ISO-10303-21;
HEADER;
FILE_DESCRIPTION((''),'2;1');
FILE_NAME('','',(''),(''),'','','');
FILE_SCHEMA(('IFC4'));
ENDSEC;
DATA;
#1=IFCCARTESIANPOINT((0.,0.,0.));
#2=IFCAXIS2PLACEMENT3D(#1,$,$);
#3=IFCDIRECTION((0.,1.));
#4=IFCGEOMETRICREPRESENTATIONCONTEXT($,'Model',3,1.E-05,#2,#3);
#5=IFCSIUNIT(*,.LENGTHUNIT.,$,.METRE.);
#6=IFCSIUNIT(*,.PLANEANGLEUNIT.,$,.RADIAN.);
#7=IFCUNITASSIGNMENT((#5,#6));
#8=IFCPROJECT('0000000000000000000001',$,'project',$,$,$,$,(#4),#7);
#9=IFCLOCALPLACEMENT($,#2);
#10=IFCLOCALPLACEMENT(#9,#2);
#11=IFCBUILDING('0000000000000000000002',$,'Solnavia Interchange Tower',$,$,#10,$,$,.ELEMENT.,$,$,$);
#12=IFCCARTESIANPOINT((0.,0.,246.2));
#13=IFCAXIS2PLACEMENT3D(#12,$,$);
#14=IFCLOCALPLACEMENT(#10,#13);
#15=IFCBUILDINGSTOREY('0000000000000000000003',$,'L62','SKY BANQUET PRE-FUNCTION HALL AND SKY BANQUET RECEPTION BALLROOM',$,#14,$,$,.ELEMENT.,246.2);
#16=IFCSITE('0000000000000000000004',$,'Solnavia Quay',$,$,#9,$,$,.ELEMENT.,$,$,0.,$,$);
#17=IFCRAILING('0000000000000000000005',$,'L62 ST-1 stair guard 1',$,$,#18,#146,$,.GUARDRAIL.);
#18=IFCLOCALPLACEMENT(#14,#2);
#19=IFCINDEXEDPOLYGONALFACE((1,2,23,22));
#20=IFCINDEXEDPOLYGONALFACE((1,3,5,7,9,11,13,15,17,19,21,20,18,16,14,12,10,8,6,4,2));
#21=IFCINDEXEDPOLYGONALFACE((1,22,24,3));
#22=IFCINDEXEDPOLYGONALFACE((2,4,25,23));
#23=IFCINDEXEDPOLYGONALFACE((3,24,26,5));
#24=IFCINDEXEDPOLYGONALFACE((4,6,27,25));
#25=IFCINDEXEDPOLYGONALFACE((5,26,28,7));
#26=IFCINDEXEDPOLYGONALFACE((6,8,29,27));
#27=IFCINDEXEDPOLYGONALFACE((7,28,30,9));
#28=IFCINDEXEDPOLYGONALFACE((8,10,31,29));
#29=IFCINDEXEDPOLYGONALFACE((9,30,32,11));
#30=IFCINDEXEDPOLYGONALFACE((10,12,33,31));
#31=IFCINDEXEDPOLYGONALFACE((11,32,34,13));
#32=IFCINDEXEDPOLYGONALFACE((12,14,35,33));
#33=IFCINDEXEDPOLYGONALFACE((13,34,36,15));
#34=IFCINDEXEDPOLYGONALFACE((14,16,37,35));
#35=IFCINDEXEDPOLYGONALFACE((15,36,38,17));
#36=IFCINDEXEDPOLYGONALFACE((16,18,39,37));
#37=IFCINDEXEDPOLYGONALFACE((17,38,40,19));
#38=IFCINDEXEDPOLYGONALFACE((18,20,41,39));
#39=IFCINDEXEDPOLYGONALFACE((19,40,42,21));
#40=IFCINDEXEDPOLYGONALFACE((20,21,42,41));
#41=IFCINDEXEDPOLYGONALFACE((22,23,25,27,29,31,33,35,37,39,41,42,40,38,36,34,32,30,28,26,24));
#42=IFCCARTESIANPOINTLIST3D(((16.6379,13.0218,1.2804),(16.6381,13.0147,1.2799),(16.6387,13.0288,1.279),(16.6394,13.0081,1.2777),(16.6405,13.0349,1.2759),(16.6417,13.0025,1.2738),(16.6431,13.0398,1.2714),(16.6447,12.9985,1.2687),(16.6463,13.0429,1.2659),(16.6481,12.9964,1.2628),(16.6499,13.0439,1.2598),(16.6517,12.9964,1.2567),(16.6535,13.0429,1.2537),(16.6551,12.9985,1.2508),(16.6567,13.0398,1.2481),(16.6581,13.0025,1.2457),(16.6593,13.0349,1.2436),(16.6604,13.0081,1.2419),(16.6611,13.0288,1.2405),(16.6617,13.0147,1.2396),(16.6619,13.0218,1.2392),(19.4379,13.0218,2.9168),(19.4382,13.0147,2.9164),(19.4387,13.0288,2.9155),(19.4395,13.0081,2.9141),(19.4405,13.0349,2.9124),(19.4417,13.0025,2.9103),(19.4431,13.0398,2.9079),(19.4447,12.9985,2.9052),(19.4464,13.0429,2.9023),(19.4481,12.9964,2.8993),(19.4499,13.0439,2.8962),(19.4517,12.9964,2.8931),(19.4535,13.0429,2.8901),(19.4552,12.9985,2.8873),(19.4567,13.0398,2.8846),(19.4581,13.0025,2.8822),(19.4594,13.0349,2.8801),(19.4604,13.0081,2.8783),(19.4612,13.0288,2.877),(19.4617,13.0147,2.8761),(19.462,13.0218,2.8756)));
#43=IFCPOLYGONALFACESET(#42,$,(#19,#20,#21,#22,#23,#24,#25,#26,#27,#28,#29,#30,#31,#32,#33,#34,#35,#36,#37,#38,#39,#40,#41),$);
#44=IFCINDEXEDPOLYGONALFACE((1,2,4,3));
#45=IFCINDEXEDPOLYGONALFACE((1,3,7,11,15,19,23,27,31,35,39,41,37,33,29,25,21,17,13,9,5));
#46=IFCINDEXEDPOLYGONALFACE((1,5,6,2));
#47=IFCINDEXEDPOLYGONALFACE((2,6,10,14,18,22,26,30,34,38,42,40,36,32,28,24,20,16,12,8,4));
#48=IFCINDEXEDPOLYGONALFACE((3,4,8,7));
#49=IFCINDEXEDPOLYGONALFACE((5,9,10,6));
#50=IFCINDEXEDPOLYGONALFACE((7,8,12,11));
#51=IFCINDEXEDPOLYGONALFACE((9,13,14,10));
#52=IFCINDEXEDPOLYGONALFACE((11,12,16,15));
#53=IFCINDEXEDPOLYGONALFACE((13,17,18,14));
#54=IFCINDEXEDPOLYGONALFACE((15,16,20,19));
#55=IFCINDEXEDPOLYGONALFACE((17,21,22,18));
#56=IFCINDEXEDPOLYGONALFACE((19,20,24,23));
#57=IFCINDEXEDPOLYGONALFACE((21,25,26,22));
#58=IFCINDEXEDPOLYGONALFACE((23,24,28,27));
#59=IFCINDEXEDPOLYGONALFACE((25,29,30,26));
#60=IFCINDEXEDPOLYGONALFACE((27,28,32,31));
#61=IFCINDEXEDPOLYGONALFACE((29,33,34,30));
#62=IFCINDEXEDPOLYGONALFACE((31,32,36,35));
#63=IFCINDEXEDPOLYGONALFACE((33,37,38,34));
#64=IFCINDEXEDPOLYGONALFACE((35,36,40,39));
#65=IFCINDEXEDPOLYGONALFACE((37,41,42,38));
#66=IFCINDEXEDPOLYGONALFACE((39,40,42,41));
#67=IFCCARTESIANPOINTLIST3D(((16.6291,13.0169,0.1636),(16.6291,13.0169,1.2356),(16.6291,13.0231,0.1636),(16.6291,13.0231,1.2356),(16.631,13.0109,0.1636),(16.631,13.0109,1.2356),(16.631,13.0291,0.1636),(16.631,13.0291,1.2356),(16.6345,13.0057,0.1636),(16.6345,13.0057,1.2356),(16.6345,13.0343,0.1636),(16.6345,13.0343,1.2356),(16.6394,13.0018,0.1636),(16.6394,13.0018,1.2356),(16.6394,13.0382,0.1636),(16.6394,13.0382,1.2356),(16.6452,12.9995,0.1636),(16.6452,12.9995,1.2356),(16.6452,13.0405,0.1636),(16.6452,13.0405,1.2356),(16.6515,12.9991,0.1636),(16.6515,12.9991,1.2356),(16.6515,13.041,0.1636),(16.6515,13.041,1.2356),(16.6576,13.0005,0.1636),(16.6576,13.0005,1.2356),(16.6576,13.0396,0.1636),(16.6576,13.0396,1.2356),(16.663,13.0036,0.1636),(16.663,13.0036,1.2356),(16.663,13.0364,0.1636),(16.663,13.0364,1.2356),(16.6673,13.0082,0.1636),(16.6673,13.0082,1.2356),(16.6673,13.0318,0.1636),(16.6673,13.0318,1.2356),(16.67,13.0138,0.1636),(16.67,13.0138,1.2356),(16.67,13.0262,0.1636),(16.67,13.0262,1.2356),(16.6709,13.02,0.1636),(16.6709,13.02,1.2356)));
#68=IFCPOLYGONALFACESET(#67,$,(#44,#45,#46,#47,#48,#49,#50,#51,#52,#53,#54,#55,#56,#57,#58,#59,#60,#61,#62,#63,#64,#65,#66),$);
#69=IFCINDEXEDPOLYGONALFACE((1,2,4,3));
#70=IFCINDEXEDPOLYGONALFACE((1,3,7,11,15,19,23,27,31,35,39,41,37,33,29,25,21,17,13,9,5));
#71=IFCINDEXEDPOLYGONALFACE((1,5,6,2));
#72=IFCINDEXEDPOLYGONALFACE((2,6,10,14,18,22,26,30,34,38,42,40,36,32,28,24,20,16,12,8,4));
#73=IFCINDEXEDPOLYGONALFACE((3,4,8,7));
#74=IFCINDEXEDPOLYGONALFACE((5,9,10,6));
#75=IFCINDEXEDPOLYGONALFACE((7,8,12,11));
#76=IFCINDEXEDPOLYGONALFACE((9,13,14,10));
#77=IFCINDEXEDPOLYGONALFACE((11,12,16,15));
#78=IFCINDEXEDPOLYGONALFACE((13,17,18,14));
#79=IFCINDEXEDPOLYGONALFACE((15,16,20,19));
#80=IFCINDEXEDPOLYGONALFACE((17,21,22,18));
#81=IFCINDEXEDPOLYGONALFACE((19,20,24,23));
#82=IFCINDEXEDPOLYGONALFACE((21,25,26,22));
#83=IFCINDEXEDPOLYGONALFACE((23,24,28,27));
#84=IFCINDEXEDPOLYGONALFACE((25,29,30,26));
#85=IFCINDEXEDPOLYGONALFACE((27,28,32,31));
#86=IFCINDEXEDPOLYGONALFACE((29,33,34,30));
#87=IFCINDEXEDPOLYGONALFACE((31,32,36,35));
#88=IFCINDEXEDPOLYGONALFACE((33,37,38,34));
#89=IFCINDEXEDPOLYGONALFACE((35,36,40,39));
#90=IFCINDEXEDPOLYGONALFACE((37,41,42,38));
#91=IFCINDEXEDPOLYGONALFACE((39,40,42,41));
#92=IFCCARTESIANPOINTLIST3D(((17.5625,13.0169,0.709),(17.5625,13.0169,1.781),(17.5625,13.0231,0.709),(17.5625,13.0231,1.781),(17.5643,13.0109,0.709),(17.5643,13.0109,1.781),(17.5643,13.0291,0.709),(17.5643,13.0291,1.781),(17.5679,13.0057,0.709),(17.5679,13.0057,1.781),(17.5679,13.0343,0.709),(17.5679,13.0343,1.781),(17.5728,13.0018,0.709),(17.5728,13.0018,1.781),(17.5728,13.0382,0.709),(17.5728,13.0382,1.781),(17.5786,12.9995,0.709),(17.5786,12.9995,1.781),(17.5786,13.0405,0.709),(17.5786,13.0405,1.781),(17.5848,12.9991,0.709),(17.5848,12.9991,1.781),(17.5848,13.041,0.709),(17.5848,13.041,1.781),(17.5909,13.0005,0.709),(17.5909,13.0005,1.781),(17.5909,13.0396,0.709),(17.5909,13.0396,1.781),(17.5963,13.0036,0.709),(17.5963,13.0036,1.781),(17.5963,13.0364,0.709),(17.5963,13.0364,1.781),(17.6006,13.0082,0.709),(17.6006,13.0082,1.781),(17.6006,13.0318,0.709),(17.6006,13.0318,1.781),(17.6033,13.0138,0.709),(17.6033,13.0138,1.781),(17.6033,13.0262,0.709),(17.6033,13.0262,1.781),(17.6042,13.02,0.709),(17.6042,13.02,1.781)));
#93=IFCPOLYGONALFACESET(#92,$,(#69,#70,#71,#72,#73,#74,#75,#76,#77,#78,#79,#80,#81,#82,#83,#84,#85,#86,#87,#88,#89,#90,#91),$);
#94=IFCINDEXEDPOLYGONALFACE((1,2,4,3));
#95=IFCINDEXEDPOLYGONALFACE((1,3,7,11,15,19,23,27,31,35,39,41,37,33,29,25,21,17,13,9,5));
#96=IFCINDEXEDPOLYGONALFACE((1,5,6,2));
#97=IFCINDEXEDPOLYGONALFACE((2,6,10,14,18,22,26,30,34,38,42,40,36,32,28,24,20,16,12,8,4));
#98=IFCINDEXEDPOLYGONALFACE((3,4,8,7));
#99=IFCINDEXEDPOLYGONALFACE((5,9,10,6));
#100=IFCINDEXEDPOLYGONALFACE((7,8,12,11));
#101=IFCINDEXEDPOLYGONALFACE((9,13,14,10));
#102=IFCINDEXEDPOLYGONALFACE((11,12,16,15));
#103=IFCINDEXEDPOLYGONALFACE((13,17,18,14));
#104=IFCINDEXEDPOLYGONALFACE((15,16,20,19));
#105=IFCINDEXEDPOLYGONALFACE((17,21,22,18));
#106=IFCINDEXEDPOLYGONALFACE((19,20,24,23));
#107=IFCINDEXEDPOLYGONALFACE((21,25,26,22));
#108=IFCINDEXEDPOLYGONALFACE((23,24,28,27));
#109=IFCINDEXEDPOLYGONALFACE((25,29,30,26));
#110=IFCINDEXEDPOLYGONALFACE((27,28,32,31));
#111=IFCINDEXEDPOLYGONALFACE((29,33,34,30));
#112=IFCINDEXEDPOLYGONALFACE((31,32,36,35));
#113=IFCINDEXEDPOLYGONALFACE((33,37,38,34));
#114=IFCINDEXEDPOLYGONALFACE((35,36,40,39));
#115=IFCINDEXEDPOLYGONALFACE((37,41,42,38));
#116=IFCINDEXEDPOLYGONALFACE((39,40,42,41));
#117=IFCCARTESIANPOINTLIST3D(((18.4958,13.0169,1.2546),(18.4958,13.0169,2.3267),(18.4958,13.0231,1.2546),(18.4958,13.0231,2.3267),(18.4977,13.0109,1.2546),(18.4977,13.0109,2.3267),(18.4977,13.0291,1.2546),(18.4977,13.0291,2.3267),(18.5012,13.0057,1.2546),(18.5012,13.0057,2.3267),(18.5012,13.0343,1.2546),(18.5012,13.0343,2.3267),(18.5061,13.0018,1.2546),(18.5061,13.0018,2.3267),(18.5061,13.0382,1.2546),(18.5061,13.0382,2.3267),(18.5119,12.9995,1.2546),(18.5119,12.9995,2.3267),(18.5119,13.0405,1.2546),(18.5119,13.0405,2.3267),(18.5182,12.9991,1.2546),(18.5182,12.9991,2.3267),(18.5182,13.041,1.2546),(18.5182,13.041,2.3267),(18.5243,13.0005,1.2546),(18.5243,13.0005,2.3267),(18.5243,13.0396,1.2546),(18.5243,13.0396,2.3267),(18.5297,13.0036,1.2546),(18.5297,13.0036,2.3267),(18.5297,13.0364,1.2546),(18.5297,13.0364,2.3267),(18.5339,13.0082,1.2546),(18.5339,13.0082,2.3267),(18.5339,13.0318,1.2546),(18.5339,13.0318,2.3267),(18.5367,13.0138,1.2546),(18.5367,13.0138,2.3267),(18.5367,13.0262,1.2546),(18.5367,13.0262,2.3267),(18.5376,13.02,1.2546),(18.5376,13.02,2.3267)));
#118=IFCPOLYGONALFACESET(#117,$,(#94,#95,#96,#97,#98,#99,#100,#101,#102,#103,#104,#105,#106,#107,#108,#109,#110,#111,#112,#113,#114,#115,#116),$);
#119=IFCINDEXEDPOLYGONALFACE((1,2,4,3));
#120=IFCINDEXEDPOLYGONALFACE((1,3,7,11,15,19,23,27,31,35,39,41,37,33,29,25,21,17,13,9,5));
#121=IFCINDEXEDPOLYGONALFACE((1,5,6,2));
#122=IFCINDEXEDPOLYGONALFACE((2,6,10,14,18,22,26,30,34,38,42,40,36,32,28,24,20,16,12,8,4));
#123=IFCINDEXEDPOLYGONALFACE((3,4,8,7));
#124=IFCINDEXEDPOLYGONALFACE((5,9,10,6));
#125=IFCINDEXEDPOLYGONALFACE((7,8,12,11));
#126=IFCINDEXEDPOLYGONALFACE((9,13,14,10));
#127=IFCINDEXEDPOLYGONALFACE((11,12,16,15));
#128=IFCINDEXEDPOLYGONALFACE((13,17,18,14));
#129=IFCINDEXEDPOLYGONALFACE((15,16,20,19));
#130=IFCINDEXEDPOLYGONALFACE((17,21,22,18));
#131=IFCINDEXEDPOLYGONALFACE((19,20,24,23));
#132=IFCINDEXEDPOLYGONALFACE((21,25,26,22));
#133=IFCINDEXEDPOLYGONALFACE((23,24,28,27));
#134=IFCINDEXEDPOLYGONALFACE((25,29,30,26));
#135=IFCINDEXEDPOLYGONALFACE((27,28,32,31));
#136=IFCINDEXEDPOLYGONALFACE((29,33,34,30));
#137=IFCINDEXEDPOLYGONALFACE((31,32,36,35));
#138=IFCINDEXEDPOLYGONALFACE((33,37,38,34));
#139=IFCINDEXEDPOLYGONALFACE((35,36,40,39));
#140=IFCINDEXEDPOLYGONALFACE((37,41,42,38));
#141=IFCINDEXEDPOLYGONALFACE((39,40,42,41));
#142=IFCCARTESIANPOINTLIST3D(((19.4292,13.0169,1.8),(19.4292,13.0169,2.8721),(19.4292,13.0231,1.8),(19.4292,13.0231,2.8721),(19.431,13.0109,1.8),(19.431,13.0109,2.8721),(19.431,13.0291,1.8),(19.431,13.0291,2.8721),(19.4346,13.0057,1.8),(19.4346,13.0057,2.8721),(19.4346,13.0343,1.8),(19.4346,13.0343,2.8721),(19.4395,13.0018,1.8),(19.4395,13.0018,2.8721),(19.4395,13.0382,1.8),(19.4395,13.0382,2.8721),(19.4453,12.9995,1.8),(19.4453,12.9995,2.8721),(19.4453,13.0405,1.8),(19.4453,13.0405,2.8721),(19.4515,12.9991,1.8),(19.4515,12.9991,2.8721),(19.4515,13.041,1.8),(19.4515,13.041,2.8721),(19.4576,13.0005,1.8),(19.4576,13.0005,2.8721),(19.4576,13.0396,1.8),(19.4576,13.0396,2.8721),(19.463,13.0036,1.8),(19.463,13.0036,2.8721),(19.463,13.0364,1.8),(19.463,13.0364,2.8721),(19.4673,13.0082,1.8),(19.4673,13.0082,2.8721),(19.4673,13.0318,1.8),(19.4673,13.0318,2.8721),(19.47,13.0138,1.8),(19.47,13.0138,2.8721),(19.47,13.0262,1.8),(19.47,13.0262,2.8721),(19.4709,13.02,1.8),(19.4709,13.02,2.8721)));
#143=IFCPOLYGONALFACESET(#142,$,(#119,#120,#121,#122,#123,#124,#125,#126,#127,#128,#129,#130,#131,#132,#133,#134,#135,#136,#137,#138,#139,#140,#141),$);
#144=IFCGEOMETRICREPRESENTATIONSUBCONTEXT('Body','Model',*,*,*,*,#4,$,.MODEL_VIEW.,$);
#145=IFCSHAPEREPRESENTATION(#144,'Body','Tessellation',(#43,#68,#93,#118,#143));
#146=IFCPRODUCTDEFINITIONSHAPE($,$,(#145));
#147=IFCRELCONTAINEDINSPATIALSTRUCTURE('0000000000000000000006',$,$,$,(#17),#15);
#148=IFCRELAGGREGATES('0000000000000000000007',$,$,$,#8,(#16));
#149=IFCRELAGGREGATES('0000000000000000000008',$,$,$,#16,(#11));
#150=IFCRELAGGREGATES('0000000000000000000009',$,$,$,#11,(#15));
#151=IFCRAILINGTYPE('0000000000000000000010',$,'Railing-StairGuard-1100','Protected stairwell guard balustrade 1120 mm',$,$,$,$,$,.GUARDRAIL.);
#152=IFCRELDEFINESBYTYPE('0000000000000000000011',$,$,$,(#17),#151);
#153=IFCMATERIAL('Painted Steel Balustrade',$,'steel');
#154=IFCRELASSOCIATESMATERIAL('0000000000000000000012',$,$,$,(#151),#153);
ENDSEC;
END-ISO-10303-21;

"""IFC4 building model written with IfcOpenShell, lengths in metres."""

from ifc_helpers import new_model, si_unit, direction, frame, origin, origin_2d, place, context, subcontext, project, spatial, circle, extrude, material, type_object, element, save


model = new_model("IFC4")

# Units and contexts
model_context = context("Model", 3, precision=1e-05, world=origin(), true_north=direction((0.0, 1.0)))
body_context = subcontext(model_context, "Body", "Model", "MODEL_VIEW")
ifc_project = project(units=[si_unit("LENGTHUNIT", "METRE"), si_unit("PLANEANGLEUNIT", "RADIAN")], contexts=[model_context])

# Site, building, storey
site_placement = place(None, origin())
site = spatial("IfcSite", under=ifc_project, at=site_placement, Name="Solnavia Quay", CompositionType="ELEMENT", RefElevation=0.0)
building_placement = place(site_placement, origin())
building = spatial("IfcBuilding", under=site, at=building_placement, Name="Solnavia Interchange Tower", CompositionType="ELEMENT")
storey_placement = place(building_placement, frame((0.0, 0.0, 246.2)))
storey = spatial("IfcBuildingStorey", under=building, at=storey_placement, Name="L62", Description="SKY BANQUET PRE-FUNCTION HALL AND SKY BANQUET RECEPTION BALLROOM", CompositionType="ELEMENT", Elevation=246.2)

# Railing
ifc_material_1 = material(Name="Painted Steel Balustrade", Category="steel")
railing_type_1 = type_object("IfcRailingType", Name="Railing-StairGuard-1100", Description="Protected stairwell guard balustrade 1120 mm", PredefinedType="GUARDRAIL", material=ifc_material_1)
railing_1_placement = place(storey_placement, frame((16.6499, 13.02, 0.1636)))
element("IfcRailing", 1, at=railing_1_placement, inside=storey, type_object=railing_type_1, Name="L62 ST-1 stair guard 1", PredefinedType="GUARDRAIL", context=body_context, shape_type="SweptSolid", body=[
    extrude(circle(Radius=0.0239, at=origin_2d()), frame((0.0, 0.0, 1.0962), z_axis=(0.863361, 0.0, 0.504587), x_axis=(0.0, 1.0, 0.0)), (0.0, 0.0, 1.0), 3.2432),
    extrude(circle(Radius=0.021, at=origin_2d()), origin(), (0.0, 0.0, 1.0), 1.072),
    extrude(circle(Radius=0.021, at=origin_2d()), frame((0.9333, 0.0, 0.5454)), (0.0, 0.0, 1.0), 1.072),
    extrude(circle(Radius=0.021, at=origin_2d()), frame((1.8667, 0.0, 1.0911)), (0.0, 0.0, 1.0), 1.072),
    extrude(circle(Radius=0.021, at=origin_2d()), frame((2.8, 0.0, 1.6365)), (0.0, 0.0, 1.0), 1.072),
])

save(model, "model.ifc")
